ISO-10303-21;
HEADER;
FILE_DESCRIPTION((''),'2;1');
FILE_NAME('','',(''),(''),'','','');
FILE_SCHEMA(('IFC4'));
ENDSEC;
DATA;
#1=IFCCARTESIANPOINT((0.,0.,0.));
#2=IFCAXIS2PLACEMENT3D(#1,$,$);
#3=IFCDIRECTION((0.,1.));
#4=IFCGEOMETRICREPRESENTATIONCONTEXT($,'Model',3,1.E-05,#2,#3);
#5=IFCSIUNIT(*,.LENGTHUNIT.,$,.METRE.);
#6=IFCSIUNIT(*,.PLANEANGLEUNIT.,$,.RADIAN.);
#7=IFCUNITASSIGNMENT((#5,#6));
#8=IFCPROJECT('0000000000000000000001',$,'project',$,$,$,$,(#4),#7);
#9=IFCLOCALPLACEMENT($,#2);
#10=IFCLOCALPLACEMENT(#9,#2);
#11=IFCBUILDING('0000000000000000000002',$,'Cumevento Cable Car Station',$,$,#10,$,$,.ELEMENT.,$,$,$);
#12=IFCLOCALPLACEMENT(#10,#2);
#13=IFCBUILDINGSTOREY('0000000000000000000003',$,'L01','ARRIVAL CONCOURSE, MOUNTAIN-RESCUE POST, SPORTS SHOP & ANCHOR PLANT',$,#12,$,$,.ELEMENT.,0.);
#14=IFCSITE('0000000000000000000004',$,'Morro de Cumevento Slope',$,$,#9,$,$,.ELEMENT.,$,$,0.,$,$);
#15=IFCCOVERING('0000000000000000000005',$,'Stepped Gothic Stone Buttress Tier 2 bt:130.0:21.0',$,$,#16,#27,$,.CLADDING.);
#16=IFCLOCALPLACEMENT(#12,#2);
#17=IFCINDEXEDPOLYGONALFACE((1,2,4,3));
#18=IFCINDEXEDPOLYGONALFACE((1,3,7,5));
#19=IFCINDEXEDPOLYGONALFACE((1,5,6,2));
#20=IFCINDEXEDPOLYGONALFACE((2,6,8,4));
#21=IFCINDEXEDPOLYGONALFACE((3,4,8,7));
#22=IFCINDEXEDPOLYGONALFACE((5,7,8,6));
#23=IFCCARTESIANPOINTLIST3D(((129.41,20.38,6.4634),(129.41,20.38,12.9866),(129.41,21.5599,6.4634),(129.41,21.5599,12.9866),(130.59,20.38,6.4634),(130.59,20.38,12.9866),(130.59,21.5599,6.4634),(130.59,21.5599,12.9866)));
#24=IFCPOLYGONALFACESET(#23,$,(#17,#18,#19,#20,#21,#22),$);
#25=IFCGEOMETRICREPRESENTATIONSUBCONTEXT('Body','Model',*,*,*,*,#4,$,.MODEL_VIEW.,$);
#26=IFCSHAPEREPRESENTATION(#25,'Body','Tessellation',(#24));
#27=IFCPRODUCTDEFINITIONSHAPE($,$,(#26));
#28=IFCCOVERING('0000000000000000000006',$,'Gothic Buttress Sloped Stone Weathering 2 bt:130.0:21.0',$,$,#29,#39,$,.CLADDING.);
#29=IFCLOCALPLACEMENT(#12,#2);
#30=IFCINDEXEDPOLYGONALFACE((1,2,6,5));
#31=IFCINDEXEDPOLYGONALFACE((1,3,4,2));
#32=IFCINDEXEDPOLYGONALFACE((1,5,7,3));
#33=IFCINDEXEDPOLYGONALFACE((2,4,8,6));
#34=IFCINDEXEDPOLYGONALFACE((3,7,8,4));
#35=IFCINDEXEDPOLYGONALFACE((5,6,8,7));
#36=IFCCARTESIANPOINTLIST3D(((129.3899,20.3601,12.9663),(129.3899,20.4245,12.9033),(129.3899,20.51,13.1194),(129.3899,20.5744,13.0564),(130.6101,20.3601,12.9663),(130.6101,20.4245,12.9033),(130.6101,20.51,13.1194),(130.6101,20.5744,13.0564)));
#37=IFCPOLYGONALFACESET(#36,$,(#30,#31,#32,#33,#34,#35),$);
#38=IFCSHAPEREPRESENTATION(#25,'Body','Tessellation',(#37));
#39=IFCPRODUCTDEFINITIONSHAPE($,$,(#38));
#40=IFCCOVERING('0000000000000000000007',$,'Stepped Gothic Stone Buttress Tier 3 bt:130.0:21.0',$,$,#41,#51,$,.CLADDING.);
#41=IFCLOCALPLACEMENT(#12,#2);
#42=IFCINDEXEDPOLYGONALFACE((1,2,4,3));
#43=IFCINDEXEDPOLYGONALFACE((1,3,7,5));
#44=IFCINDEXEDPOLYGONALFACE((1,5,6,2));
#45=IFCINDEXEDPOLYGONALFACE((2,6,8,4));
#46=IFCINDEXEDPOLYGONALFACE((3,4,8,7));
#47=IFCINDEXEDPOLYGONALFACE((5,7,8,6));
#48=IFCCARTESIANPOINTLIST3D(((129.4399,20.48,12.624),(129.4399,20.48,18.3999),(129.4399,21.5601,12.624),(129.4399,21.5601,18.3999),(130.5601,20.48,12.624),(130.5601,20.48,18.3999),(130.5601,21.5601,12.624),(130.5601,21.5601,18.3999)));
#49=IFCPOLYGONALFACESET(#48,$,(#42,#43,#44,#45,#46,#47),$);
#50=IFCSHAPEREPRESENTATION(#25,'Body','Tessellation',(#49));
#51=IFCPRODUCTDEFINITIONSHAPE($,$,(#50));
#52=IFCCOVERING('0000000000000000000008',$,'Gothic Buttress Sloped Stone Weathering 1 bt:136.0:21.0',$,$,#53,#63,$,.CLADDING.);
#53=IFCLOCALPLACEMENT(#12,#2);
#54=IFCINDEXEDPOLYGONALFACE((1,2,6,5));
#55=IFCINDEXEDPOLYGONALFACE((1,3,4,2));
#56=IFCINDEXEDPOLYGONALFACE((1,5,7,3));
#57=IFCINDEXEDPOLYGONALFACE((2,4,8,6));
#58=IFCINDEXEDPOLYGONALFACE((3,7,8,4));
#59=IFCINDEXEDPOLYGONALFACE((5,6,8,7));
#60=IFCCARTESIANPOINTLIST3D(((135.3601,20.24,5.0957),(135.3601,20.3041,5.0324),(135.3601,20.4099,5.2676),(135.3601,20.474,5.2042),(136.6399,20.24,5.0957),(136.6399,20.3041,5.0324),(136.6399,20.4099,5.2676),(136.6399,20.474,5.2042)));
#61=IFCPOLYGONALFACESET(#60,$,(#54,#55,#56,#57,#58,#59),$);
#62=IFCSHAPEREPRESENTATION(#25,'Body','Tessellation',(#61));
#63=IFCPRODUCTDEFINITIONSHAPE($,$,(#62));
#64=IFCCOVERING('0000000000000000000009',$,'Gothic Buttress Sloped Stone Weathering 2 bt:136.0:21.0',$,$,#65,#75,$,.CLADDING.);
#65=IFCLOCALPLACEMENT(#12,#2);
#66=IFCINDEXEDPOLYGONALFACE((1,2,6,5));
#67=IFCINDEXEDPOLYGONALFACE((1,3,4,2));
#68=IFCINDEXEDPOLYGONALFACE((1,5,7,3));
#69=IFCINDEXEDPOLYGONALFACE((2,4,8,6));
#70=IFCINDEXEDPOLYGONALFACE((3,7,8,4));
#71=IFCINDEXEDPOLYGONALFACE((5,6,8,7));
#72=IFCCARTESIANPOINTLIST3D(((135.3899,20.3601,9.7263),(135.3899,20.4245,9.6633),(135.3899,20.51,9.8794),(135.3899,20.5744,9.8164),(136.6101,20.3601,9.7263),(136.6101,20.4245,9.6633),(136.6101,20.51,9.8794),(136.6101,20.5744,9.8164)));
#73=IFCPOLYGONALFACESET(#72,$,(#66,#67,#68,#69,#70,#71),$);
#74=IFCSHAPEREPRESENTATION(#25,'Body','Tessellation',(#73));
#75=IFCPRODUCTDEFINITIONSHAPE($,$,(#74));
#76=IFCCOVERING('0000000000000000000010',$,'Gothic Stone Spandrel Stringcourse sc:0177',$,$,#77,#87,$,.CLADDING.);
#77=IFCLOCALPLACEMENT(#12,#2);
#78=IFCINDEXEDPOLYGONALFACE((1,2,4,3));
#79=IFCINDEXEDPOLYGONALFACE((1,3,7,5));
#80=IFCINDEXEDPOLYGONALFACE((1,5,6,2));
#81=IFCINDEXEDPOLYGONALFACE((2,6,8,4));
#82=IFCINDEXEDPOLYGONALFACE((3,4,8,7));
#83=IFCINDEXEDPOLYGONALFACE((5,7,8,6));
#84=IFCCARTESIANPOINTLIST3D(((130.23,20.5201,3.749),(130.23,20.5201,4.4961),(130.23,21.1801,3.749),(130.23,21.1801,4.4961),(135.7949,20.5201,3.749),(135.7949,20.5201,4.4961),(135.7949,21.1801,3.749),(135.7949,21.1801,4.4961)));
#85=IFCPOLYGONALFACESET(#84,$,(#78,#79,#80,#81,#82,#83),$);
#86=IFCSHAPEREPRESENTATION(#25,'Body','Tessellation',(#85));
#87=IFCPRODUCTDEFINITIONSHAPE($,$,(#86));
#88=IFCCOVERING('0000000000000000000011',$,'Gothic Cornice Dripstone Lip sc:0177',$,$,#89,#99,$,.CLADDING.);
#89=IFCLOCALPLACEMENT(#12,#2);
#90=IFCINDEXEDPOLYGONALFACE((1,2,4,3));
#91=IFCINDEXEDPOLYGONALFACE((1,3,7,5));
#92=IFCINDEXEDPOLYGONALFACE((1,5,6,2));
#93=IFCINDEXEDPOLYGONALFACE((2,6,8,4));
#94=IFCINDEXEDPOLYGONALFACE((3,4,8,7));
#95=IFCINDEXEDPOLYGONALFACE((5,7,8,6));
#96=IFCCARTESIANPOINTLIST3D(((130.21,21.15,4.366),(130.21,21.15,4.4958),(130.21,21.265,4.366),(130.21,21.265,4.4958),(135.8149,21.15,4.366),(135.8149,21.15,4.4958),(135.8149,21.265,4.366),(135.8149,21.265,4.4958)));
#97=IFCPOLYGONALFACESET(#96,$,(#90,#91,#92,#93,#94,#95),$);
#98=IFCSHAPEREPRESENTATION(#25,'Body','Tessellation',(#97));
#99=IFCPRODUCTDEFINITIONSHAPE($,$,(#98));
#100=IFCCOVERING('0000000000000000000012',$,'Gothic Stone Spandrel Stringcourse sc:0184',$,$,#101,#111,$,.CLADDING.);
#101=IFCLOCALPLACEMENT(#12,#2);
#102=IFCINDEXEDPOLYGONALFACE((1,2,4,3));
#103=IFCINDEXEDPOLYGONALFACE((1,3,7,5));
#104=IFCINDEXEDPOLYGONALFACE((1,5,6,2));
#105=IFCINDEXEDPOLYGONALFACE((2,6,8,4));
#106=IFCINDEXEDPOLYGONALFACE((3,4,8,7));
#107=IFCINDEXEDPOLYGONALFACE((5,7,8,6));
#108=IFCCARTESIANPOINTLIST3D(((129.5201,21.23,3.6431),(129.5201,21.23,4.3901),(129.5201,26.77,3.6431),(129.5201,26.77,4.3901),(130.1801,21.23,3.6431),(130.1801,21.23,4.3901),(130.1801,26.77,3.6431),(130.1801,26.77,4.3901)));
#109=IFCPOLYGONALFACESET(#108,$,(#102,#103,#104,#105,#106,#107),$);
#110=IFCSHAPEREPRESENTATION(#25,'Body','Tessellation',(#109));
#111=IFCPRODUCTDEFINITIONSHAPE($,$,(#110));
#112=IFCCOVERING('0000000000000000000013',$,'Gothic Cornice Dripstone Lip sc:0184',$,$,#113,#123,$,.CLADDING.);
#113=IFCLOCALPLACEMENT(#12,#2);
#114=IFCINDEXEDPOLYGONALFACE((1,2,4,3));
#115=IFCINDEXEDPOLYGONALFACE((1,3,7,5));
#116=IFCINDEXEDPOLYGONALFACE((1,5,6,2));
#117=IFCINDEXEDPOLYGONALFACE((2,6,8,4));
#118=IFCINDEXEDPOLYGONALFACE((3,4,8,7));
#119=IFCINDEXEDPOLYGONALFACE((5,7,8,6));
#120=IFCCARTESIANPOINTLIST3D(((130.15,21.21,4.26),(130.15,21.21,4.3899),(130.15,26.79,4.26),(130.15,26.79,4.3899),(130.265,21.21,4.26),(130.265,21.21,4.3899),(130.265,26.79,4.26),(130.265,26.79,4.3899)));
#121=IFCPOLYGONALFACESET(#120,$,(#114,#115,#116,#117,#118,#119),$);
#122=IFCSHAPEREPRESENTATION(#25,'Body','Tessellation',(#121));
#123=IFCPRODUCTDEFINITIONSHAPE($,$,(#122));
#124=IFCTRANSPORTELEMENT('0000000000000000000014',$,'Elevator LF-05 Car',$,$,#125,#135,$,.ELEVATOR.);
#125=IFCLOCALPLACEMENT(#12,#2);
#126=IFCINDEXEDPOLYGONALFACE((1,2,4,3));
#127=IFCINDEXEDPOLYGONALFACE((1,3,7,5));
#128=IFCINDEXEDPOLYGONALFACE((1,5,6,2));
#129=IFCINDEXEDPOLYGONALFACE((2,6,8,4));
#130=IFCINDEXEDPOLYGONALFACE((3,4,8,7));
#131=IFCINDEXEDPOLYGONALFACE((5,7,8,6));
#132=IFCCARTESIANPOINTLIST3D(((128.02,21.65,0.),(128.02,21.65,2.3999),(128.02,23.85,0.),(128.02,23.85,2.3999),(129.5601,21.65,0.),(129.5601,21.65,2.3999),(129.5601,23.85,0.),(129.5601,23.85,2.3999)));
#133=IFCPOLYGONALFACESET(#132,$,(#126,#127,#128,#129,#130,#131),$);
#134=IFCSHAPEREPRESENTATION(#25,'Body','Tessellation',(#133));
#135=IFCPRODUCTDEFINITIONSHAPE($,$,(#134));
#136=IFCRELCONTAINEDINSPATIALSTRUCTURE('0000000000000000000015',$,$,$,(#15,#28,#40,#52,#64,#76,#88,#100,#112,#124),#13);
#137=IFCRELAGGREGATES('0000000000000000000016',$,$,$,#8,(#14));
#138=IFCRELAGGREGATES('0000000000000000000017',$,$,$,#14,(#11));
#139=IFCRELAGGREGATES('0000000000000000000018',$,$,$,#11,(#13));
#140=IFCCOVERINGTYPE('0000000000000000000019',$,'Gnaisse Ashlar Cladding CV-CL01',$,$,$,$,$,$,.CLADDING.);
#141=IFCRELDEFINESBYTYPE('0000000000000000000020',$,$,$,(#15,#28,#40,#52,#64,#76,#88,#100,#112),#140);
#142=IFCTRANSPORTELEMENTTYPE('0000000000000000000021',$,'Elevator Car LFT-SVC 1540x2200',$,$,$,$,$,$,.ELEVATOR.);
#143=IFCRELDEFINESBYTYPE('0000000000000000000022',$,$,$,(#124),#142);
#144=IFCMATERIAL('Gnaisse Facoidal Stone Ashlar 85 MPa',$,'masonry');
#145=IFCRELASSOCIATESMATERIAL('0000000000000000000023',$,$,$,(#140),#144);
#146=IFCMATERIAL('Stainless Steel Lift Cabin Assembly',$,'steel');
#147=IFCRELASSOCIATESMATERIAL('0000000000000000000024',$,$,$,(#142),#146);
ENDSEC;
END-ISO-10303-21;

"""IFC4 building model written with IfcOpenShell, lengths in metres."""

from ifc_helpers import new_model, si_unit, direction, frame, origin, origin_2d, place, context, subcontext, project, spatial, polyline, rectangle, outline, extrude, material, type_object, element, save


model = new_model("IFC4")

# Units and contexts
model_context = context("Model", 3, precision=1e-05, world=origin(), true_north=direction((0.0, 1.0)))
body_context = subcontext(model_context, "Body", "Model", "MODEL_VIEW")
ifc_project = project(units=[si_unit("LENGTHUNIT", "METRE"), si_unit("PLANEANGLEUNIT", "RADIAN")], contexts=[model_context])

# Site, building, storey
site_placement = place(None, origin())
site = spatial("IfcSite", under=ifc_project, at=site_placement, Name="Morro de Cumevento Slope", CompositionType="ELEMENT", RefElevation=0.0)
building_placement = place(site_placement, origin())
building = spatial("IfcBuilding", under=site, at=building_placement, Name="Cumevento Cable Car Station", CompositionType="ELEMENT")
storey_placement = place(building_placement, origin())
storey = spatial("IfcBuildingStorey", under=building, at=storey_placement, Name="L01", Description="ARRIVAL CONCOURSE, MOUNTAIN-RESCUE POST, SPORTS SHOP & ANCHOR PLANT", CompositionType="ELEMENT", Elevation=0.0)

# Coverings
ifc_material_1 = material(Name="Gnaisse Facoidal Stone Ashlar 85 MPa", Category="masonry")
covering_type = type_object("IfcCoveringType", Name="Gnaisse Ashlar Cladding CV-CL01", PredefinedType="CLADDING", material=ifc_material_1)
covering_1_placement = place(storey_placement, frame((130.0, 20.97, 6.4634), z_axis=(0.0, 0.0, 1.0), x_axis=(1.0, 0.0, 0.0)))
element("IfcCovering", 1, at=covering_1_placement, inside=storey, type_object=covering_type, Name="Stepped Gothic Stone Buttress Tier 2 bt:130.0:21.0", PredefinedType="CLADDING", context=body_context, shape_type="SweptSolid", body=[
    extrude(rectangle(XDim=1.1799, YDim=1.1799, at=origin_2d()), origin(), (0.0, 0.0, 1.0), 6.5232),
])
covering_2_placement = place(storey_placement, frame((129.3899, 20.3601, 12.9663), z_axis=(0.0, -0.714475, 0.699661), x_axis=(1.0, 0.0, 0.0)))
element("IfcCovering", 2, at=covering_2_placement, inside=storey, type_object=covering_type, Name="Gothic Buttress Sloped Stone Weathering 2 bt:130.0:21.0", PredefinedType="CLADDING", context=body_context, shape_type="SweptSolid", body=[
    extrude(outline(polyline([(0.0, 0.0), (1.2202, 0.0), (1.2202, 0.2142), (0.0, 0.2142), (0.0, 0.0)])), origin(), (0.0, 0.0, -1.0), 0.0901),
])
covering_3_placement = place(storey_placement, frame((130.0, 21.02, 12.624), z_axis=(0.0, 0.0, 1.0), x_axis=(1.0, 0.0, 0.0)))
element("IfcCovering", 3, at=covering_3_placement, inside=storey, type_object=covering_type, Name="Stepped Gothic Stone Buttress Tier 3 bt:130.0:21.0", PredefinedType="CLADDING", context=body_context, shape_type="SweptSolid", body=[
    extrude(rectangle(XDim=1.1201, YDim=1.0801, at=origin_2d()), origin(), (0.0, 0.0, 1.0), 5.7759),
])
covering_4_placement = place(storey_placement, frame((135.3601, 20.24, 5.0957), z_axis=(0.0, -0.711136, 0.703055), x_axis=(1.0, 0.0, 0.0)))
element("IfcCovering", 4, at=covering_4_placement, inside=storey, type_object=covering_type, Name="Gothic Buttress Sloped Stone Weathering 1 bt:136.0:21.0", PredefinedType="CLADDING", context=body_context, shape_type="SweptSolid", body=[
    extrude(outline(polyline([(0.0, 0.0), (1.2798, 0.0), (1.2798, 0.2417), (0.0, 0.2417), (0.0, 0.0)])), origin(), (0.0, 0.0, -1.0), 0.0901),
])
covering_5_placement = place(storey_placement, frame((135.3899, 20.3601, 9.7263), z_axis=(0.0, -0.714475, 0.699661), x_axis=(1.0, 0.0, 0.0)))
element("IfcCovering", 5, at=covering_5_placement, inside=storey, type_object=covering_type, Name="Gothic Buttress Sloped Stone Weathering 2 bt:136.0:21.0", PredefinedType="CLADDING", context=body_context, shape_type="SweptSolid", body=[
    extrude(outline(polyline([(0.0, 0.0), (1.2202, 0.0), (1.2202, 0.2142), (0.0, 0.2142), (0.0, 0.0)])), origin(), (0.0, 0.0, -1.0), 0.0901),
])
covering_6_placement = place(storey_placement, frame((133.0125, 20.8501, 3.749), z_axis=(0.0, 0.0, 1.0), x_axis=(1.0, 0.0, 0.0)))
element("IfcCovering", 6, at=covering_6_placement, inside=storey, type_object=covering_type, Name="Gothic Stone Spandrel Stringcourse sc:0177", PredefinedType="CLADDING", context=body_context, shape_type="SweptSolid", body=[
    extrude(rectangle(XDim=5.5649, YDim=0.6599, at=origin_2d()), origin(), (0.0, 0.0, 1.0), 0.7471),
])
covering_7_placement = place(storey_placement, frame((133.0125, 21.2075, 4.366), z_axis=(0.0, 0.0, 1.0), x_axis=(1.0, 0.0, 0.0)))
element("IfcCovering", 7, at=covering_7_placement, inside=storey, type_object=covering_type, Name="Gothic Cornice Dripstone Lip sc:0177", PredefinedType="CLADDING", context=body_context, shape_type="SweptSolid", body=[
    extrude(rectangle(XDim=5.605, YDim=0.115, at=origin_2d()), origin(), (0.0, 0.0, 1.0), 0.1299),
])
covering_8_placement = place(storey_placement, frame((129.8501, 24.0, 3.6431), z_axis=(0.0, 0.0, 1.0), x_axis=(0.0, -1.0, 0.0)))
element("IfcCovering", 8, at=covering_8_placement, inside=storey, type_object=covering_type, Name="Gothic Stone Spandrel Stringcourse sc:0184", PredefinedType="CLADDING", context=body_context, shape_type="SweptSolid", body=[
    extrude(rectangle(XDim=5.54, YDim=0.6599, at=origin_2d()), origin(), (0.0, 0.0, 1.0), 0.7471),
])
covering_9_placement = place(storey_placement, frame((130.2075, 24.0, 4.26), z_axis=(0.0, 0.0, 1.0), x_axis=(0.0, -1.0, 0.0)))
element("IfcCovering", 9, at=covering_9_placement, inside=storey, type_object=covering_type, Name="Gothic Cornice Dripstone Lip sc:0184", PredefinedType="CLADDING", context=body_context, shape_type="SweptSolid", body=[
    extrude(rectangle(XDim=5.5801, YDim=0.115, at=origin_2d()), origin(), (0.0, 0.0, 1.0), 0.1299),
])

# Transport element
ifc_material_2 = material(Name="Stainless Steel Lift Cabin Assembly", Category="steel")
transport_element_type = type_object("IfcTransportElementType", Name="Elevator Car LFT-SVC 1540x2200", PredefinedType="ELEVATOR", material=ifc_material_2)
transport_element_placement = place(storey_placement, frame((128.79, 22.75, 0.0), z_axis=(0.0, 0.0, 1.0), x_axis=(1.0, 0.0, 0.0)))
element("IfcTransportElement", 10, at=transport_element_placement, inside=storey, type_object=transport_element_type, Name="Elevator LF-05 Car", PredefinedType="ELEVATOR", context=body_context, shape_type="SweptSolid", body=[
    extrude(rectangle(XDim=1.54, YDim=2.2, at=origin_2d()), origin(), (0.0, 0.0, 1.0), 2.3999),
])

save(model, "model.ifc")
